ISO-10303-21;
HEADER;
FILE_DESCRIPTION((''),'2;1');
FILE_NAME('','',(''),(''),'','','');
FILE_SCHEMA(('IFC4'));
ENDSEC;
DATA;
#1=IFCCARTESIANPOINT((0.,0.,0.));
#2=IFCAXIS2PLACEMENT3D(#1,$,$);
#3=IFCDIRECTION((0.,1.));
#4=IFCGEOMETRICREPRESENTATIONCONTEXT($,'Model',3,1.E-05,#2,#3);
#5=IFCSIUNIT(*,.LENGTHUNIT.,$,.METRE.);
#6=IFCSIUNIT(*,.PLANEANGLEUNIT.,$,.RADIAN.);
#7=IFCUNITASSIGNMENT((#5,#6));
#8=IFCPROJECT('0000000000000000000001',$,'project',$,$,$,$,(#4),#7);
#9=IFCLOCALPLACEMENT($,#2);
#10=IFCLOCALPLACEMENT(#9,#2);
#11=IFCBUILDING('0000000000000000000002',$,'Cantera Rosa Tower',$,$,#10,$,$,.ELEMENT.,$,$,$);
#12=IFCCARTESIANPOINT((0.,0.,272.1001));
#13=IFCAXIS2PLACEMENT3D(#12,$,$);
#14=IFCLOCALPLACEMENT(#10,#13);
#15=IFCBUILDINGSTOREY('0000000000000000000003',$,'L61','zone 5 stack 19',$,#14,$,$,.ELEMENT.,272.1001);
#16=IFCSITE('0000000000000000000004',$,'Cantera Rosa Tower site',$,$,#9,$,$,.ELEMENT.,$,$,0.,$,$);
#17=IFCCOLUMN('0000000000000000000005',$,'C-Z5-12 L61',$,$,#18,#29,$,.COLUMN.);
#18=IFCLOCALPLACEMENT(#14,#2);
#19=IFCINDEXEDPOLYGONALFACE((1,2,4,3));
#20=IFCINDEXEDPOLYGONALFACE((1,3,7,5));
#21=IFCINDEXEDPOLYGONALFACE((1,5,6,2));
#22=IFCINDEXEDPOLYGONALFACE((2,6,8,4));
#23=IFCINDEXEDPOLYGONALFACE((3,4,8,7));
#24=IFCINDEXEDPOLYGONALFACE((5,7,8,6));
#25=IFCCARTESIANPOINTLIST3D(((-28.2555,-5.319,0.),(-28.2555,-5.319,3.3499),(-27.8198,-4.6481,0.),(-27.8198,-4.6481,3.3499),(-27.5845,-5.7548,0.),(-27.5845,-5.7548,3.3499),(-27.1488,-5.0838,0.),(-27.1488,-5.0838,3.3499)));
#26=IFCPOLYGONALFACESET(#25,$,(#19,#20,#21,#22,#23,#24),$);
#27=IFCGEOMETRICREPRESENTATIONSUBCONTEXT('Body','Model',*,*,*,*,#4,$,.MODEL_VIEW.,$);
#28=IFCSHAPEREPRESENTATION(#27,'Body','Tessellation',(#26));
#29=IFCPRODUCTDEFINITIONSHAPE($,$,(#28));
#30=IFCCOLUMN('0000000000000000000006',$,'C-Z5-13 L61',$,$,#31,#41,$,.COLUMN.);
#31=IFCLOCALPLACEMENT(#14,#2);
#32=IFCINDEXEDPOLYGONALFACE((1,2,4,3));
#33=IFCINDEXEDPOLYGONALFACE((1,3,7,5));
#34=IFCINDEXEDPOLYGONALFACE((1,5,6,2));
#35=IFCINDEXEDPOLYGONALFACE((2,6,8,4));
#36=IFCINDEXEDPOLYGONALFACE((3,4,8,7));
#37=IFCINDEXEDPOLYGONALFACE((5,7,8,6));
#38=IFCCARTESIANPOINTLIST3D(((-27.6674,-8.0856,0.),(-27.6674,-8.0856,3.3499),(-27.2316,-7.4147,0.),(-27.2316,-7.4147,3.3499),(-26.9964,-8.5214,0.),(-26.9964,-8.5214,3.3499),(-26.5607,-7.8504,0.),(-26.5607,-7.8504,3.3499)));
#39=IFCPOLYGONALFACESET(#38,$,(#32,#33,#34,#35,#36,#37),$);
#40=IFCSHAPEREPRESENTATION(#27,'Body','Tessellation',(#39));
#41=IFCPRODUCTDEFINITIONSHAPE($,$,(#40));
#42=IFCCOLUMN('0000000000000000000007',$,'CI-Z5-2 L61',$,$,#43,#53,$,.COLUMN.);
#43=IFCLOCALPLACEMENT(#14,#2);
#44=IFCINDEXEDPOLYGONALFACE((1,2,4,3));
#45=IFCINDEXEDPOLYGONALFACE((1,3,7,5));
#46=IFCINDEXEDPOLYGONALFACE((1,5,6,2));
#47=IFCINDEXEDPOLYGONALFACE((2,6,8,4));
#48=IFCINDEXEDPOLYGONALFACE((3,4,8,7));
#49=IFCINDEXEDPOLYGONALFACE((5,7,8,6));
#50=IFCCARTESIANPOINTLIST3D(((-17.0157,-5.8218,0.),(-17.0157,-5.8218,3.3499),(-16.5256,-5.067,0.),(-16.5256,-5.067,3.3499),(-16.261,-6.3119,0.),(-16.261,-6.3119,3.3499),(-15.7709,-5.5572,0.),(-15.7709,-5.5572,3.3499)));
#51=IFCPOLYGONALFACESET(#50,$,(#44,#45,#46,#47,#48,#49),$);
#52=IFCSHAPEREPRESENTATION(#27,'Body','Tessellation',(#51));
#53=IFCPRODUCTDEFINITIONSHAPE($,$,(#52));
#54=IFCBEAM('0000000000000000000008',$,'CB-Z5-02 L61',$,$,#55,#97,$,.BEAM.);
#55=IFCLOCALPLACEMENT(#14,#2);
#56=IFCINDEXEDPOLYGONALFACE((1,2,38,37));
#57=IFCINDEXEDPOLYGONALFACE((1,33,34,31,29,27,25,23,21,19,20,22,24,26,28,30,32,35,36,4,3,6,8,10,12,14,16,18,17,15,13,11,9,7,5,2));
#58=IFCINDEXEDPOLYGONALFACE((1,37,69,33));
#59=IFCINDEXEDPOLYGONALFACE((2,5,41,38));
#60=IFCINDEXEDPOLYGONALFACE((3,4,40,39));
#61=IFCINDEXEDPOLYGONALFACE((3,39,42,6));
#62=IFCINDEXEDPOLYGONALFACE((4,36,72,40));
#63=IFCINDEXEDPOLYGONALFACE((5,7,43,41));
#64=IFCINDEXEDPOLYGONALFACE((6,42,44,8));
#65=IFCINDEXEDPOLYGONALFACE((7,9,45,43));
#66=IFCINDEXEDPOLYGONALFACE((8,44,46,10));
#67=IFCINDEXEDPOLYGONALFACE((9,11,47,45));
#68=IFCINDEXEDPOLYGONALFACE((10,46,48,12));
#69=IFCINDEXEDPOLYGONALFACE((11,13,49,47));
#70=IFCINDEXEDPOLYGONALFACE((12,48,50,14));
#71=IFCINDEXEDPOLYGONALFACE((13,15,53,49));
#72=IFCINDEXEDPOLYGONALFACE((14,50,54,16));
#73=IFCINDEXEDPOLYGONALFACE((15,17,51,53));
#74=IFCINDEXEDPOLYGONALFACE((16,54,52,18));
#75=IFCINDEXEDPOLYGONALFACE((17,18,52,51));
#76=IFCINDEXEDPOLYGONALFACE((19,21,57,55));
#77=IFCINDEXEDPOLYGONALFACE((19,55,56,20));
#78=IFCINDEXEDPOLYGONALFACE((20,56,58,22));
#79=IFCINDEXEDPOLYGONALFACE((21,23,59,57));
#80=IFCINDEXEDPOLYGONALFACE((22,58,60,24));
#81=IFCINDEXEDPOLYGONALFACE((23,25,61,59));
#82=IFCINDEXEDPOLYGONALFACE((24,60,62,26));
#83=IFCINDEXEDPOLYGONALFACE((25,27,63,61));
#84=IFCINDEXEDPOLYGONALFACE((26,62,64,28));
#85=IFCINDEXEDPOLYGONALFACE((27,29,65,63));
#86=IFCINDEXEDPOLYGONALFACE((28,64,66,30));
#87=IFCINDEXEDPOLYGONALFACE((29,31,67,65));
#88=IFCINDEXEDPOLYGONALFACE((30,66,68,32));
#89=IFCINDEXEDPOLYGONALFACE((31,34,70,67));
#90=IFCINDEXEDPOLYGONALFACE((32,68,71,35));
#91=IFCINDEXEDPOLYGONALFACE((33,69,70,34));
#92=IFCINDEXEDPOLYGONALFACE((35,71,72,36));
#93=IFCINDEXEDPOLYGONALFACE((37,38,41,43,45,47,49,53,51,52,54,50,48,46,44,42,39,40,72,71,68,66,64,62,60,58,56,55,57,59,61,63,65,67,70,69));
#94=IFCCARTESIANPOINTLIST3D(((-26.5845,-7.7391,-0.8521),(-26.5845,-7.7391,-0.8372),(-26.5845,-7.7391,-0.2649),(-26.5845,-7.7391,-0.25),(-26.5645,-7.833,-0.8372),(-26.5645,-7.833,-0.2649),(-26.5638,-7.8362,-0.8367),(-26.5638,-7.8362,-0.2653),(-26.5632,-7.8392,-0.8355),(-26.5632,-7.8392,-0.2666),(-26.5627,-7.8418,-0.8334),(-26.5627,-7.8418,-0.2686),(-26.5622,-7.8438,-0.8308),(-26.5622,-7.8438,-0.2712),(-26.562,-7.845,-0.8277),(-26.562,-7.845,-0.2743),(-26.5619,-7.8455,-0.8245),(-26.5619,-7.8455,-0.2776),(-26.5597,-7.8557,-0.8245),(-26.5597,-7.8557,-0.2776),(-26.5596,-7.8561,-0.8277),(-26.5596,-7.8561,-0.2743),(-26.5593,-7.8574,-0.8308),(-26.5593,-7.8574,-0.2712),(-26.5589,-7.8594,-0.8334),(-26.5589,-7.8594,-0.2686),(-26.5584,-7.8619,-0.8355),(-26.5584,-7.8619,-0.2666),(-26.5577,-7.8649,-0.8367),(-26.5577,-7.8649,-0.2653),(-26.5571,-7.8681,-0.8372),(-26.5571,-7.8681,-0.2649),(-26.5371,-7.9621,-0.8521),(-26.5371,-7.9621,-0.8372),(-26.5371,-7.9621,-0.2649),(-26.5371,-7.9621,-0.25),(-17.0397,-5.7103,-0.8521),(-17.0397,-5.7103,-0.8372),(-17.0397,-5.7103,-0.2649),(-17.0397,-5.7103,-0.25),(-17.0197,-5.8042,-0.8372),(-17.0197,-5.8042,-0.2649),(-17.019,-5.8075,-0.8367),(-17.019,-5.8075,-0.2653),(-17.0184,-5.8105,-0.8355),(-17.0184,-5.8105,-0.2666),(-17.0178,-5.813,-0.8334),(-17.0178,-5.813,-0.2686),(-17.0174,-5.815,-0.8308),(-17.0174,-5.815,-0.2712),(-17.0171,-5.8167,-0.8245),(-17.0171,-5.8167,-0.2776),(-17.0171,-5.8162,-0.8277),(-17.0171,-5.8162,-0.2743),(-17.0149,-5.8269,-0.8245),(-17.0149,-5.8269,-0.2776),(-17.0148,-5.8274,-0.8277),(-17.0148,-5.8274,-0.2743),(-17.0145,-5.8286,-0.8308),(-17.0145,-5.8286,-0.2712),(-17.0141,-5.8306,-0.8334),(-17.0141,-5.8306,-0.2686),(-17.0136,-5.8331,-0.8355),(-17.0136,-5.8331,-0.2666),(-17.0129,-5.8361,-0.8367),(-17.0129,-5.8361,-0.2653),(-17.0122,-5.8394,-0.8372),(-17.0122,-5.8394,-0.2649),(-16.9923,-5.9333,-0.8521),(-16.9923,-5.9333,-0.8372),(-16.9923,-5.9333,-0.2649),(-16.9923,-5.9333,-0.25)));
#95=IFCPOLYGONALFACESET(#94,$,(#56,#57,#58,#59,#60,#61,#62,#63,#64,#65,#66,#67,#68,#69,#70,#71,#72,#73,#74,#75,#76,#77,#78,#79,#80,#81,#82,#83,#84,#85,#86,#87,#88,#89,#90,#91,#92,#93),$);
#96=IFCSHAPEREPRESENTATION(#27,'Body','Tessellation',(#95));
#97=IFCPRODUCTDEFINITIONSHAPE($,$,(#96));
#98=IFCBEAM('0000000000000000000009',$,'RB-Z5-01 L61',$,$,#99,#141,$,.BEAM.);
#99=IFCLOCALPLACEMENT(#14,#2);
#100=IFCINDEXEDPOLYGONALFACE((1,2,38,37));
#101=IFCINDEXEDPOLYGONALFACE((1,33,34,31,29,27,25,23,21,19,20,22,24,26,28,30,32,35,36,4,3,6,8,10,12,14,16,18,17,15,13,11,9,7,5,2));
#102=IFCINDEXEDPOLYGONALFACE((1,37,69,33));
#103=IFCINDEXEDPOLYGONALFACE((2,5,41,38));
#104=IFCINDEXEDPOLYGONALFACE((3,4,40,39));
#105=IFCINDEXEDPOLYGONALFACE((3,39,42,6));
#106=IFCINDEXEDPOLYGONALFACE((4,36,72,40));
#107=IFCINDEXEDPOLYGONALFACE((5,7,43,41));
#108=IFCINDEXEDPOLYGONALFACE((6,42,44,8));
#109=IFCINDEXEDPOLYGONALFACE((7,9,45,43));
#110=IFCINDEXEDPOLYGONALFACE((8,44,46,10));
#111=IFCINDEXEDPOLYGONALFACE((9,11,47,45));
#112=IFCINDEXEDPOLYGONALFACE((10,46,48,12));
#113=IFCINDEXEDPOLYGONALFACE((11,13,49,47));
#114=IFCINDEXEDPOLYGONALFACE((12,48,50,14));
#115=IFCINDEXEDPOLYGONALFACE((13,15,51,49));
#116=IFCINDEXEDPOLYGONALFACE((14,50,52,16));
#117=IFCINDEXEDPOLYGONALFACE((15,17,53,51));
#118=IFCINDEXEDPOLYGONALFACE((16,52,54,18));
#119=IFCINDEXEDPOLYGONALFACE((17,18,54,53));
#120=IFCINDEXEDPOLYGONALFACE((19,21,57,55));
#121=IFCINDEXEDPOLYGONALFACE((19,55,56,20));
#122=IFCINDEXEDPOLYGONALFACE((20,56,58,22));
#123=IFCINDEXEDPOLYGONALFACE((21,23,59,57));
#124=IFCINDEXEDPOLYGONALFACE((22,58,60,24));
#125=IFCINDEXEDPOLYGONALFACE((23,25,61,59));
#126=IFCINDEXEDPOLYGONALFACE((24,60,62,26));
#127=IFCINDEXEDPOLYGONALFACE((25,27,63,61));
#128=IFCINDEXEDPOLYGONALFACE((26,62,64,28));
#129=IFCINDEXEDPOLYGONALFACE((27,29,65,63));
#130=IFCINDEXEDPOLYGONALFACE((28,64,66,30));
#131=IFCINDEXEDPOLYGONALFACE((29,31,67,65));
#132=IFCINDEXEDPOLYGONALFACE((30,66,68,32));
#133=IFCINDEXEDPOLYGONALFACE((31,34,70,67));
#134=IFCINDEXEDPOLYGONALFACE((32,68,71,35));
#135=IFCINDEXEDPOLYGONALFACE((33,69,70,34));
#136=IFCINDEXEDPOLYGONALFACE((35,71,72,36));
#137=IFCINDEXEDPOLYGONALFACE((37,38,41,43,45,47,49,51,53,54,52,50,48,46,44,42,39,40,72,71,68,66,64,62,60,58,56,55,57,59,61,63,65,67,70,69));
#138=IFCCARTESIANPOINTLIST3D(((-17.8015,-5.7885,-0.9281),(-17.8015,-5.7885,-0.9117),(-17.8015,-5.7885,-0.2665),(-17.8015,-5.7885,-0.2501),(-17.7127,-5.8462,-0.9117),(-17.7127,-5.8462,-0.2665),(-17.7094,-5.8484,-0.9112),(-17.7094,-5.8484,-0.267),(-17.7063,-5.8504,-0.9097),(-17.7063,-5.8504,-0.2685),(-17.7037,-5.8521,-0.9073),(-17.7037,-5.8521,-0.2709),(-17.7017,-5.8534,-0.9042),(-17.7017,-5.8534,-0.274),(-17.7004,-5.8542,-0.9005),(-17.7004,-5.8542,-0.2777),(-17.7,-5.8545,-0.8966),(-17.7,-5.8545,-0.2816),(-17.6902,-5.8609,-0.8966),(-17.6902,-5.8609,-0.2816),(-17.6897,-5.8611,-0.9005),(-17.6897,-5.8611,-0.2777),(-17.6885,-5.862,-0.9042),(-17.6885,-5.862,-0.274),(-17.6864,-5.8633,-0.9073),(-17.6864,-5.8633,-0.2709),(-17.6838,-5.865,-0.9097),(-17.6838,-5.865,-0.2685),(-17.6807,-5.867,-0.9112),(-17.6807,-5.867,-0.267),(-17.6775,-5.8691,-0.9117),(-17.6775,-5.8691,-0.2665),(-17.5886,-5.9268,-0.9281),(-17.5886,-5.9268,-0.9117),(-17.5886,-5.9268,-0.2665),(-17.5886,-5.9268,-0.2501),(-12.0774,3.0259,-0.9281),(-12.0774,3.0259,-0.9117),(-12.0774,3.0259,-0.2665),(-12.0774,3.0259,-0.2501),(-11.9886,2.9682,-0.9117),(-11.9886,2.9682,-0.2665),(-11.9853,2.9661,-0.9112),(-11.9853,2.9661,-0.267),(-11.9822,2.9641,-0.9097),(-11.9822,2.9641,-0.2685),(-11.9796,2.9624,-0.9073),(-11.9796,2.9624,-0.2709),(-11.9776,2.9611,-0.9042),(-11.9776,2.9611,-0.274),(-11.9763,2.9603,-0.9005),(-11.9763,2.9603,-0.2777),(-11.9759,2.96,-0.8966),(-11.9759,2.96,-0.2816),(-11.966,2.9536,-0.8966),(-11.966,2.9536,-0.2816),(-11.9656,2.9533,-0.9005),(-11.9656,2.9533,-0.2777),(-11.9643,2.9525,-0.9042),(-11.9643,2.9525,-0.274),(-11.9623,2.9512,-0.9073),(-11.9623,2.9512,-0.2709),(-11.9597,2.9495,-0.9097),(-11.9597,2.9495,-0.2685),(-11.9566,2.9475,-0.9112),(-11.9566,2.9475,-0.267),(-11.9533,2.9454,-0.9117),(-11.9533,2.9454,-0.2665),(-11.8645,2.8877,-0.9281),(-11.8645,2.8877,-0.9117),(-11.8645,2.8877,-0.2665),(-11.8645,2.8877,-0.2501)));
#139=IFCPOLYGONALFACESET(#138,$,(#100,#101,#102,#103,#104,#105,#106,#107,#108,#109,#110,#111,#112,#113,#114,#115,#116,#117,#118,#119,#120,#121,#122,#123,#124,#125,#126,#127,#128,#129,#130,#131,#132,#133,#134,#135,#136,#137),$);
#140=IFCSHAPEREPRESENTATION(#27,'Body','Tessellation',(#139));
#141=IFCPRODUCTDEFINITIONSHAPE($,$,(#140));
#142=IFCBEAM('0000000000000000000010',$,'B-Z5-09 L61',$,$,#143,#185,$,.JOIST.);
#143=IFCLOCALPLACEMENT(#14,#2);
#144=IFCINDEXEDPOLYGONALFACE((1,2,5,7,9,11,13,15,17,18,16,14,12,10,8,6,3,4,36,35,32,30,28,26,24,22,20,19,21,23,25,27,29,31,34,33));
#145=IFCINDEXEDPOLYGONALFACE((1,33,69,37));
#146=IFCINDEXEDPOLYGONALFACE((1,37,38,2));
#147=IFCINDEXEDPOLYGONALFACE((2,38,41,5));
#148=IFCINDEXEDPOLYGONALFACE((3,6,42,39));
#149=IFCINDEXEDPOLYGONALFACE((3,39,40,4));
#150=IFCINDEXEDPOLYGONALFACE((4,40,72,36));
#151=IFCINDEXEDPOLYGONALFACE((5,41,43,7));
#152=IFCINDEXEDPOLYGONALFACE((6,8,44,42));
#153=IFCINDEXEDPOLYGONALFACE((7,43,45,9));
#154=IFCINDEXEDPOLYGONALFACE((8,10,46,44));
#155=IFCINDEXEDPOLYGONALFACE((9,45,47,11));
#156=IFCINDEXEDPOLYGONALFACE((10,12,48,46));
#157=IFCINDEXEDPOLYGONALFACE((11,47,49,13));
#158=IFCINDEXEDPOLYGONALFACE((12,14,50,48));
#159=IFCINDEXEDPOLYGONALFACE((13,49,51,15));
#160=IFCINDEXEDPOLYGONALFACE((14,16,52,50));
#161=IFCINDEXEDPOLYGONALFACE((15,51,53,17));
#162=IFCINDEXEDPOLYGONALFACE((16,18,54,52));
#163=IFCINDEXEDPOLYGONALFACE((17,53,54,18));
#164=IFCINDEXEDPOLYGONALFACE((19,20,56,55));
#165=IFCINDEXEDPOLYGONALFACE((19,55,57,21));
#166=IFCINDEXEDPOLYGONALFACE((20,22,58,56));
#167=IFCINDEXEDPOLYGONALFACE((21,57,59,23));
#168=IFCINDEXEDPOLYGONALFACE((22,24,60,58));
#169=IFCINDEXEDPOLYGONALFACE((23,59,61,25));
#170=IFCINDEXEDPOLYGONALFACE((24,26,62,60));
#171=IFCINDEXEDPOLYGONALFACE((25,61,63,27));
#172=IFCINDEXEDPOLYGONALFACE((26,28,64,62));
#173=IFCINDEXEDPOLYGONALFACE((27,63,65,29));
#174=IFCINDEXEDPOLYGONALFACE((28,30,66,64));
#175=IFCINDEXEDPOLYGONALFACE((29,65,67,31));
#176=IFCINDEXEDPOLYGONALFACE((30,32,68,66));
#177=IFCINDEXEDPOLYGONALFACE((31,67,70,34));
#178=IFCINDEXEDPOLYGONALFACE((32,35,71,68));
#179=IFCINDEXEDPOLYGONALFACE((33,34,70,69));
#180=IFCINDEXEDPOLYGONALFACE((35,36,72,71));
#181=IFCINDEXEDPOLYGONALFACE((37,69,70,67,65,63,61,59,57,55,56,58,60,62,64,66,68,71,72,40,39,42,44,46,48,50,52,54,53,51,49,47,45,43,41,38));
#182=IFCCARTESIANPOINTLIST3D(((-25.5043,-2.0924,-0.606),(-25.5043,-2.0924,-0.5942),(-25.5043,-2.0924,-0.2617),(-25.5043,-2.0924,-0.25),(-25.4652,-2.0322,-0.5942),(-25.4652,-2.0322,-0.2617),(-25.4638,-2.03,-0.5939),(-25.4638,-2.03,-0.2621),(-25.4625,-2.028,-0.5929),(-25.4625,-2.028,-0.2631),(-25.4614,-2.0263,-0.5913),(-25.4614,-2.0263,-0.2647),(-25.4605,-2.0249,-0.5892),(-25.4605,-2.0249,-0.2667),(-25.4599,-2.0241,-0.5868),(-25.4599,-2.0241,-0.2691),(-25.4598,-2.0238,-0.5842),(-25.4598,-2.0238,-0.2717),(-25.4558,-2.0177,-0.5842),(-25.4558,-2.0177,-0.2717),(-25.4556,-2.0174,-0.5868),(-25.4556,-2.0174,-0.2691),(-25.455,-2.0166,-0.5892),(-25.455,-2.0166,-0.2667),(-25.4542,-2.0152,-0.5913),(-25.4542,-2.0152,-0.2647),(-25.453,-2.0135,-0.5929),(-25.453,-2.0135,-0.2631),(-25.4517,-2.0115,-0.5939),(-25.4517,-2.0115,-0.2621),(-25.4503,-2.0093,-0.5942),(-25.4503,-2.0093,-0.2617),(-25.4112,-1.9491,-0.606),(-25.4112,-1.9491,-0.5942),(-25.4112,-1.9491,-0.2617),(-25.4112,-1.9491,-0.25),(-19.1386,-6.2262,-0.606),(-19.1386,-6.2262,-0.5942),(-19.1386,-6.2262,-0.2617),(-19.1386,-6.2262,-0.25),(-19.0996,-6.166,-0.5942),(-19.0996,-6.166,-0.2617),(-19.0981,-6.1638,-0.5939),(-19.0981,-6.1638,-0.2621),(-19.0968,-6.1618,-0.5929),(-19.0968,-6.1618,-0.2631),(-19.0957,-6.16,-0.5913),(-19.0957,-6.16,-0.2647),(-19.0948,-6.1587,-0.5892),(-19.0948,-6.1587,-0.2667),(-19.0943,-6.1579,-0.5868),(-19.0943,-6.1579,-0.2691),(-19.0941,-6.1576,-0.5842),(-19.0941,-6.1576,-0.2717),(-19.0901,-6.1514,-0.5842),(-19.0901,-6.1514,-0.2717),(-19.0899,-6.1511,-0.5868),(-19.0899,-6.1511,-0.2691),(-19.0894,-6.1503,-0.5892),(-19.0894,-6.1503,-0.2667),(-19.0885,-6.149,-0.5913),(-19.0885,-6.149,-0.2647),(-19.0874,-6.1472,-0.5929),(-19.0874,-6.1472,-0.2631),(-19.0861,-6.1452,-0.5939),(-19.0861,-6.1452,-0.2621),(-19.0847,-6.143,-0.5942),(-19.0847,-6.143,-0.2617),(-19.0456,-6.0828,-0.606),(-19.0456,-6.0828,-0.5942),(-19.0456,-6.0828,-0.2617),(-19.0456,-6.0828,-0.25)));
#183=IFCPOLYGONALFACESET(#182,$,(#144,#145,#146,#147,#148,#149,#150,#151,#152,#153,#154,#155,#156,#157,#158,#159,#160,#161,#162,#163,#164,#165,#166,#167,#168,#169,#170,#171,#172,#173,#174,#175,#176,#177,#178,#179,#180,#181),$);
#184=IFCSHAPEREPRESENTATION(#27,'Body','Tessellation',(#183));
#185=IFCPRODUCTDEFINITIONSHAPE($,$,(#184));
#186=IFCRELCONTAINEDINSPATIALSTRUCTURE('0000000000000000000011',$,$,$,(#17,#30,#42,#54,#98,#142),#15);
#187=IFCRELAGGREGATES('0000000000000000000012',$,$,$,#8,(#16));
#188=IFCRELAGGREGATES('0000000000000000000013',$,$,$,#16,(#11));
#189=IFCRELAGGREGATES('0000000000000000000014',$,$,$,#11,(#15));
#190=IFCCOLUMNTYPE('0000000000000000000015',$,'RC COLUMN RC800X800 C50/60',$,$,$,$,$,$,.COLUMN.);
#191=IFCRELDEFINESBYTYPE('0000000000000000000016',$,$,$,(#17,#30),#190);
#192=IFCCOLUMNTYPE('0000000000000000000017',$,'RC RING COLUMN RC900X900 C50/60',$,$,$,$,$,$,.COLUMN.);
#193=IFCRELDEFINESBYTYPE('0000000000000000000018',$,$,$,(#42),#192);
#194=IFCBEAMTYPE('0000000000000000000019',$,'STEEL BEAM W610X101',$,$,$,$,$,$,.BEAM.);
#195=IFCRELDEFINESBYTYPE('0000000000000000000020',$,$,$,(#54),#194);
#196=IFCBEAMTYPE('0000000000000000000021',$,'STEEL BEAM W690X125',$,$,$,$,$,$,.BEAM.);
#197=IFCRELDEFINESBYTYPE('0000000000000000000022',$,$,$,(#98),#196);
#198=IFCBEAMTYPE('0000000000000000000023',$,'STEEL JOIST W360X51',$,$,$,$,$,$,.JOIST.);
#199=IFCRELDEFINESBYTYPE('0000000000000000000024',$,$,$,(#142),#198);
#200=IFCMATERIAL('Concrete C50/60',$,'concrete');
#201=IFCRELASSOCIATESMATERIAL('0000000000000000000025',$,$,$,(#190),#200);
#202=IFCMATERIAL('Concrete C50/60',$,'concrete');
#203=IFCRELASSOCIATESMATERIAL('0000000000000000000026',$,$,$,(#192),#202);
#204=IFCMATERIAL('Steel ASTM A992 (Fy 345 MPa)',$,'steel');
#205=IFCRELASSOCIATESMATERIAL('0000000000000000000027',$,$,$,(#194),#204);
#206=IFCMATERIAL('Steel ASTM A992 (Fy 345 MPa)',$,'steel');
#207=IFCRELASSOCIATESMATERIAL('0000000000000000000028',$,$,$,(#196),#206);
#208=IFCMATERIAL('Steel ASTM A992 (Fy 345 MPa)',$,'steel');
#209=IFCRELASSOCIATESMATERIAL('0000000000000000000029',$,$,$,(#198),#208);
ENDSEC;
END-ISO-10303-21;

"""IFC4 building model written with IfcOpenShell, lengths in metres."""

from ifc_helpers import new_model, si_unit, direction, frame, origin, origin_2d, place, context, subcontext, project, spatial, rectangle, i_section, extrude, material, material_profile, profile_set, type_object, element, save


model = new_model("IFC4")

# Units and contexts
model_context = context("Model", 3, precision=1e-05, world=origin(), true_north=direction((0.0, 1.0)))
body_context = subcontext(model_context, "Body", "Model", "MODEL_VIEW")
ifc_project = project(units=[si_unit("LENGTHUNIT", "METRE"), si_unit("PLANEANGLEUNIT", "RADIAN")], contexts=[model_context])

# Site, building, storey
site_placement = place(None, origin())
site = spatial("IfcSite", under=ifc_project, at=site_placement, Name="Cantera Rosa Tower site", CompositionType="ELEMENT", RefElevation=0.0)
building_placement = place(site_placement, origin())
building = spatial("IfcBuilding", under=site, at=building_placement, Name="Cantera Rosa Tower", CompositionType="ELEMENT")
storey_placement = place(building_placement, frame((0.0, 0.0, 272.1001)))
storey = spatial("IfcBuildingStorey", under=building, at=storey_placement, Name="L61", Description="zone 5 stack 19", CompositionType="ELEMENT", Elevation=272.1001)

# Columns
ifc_material_1 = material(Name="Concrete C50/60", Category="concrete")
ifc_material_profile_1 = material_profile(ifc_material_1, rectangle(XDim=0.8, YDim=0.8, at=origin_2d()), Name="RC COLUMN RC800X800 C50/60")
ifc_profile_set_1 = profile_set([ifc_material_profile_1], Name="Concrete C50/60")
column_type_1 = type_object("IfcColumnType", Name="RC COLUMN RC800X800 C50/60", PredefinedType="COLUMN", material=ifc_profile_set_1)
for number, where, z_axis, x_axis, name in (
    (1, (-27.7021, -5.2014, 0.0), (0.0, 0.0, 1.0), (0.544639, 0.838671, 0.0), "C-Z5-12 L61"),
    (2, (-27.114, -7.968, 0.0), (0.0, 0.0, 1.0), (0.544639, 0.838671, 0.0), "C-Z5-13 L61"),
):
    element("IfcColumn", number, at=place(storey_placement, frame(where, z_axis=z_axis, x_axis=x_axis)), inside=storey, type_object=column_type_1, Name=name, PredefinedType="COLUMN", context=body_context, shape_type="SweptSolid", body=[
        extrude(rectangle(XDim=0.8, YDim=0.8, at=origin_2d()), origin(), (0.0, 0.0, 1.0), 3.3499),
    ])
ifc_material_2 = material(Name="Concrete C50/60", Category="concrete")
ifc_material_profile_2 = material_profile(ifc_material_2, rectangle(XDim=0.8999, YDim=0.8999, at=origin_2d()), Name="RC RING COLUMN RC900X900 C50/60")
ifc_profile_set_2 = profile_set([ifc_material_profile_2], Name="Concrete C50/60")
column_type_2 = type_object("IfcColumnType", Name="RC RING COLUMN RC900X900 C50/60", PredefinedType="COLUMN", material=ifc_profile_set_2)
column_placement = place(storey_placement, frame((-16.3933, -5.6895, 0.0), z_axis=(0.0, 0.0, 1.0), x_axis=(0.544639, 0.838671, 0.0)))
element("IfcColumn", 3, at=column_placement, inside=storey, type_object=column_type_2, Name="CI-Z5-2 L61", PredefinedType="COLUMN", context=body_context, shape_type="SweptSolid", body=[
    extrude(rectangle(XDim=0.8999, YDim=0.8999, at=origin_2d()), origin(), (0.0, 0.0, 1.0), 3.3499),
])

# Beams
ifc_material_3 = material(Name="Steel ASTM A992 (Fy 345 MPa)", Category="steel")
ifc_material_profile_3 = material_profile(ifc_material_3, i_section(OverallWidth=0.228, OverallDepth=0.6021, WebThickness=0.0105, FlangeThickness=0.0149, FilletRadius=0.0127, at=origin_2d()), Name="W610X101")
ifc_profile_set_3 = profile_set([ifc_material_profile_3], Name="Steel ASTM A992 (Fy 345 MPa)")
beam_type_1 = type_object("IfcBeamType", Name="STEEL BEAM W610X101", PredefinedType="BEAM", material=ifc_profile_set_3)
beam_1_placement = place(storey_placement, frame((-26.5608, -7.8506, -0.551), z_axis=(0.978148, 0.207909, 0.0), x_axis=(-0.207909, 0.978148, 0.0)))
element("IfcBeam", 4, at=beam_1_placement, inside=storey, type_object=beam_type_1, Name="CB-Z5-02 L61", PredefinedType="BEAM", context=body_context, shape_type="SweptSolid", body=[
    extrude(i_section(OverallWidth=0.228, OverallDepth=0.6021, WebThickness=0.0105, FlangeThickness=0.0149, FilletRadius=0.0127, at=origin_2d()), origin(), (0.0, 0.0, 1.0), 9.7581),
])
ifc_material_4 = material(Name="Steel ASTM A992 (Fy 345 MPa)", Category="steel")
ifc_material_profile_4 = material_profile(ifc_material_4, i_section(OverallWidth=0.2539, OverallDepth=0.678, WebThickness=0.0117, FlangeThickness=0.0164, FilletRadius=0.0151, at=origin_2d()), Name="W690X125")
ifc_profile_set_4 = profile_set([ifc_material_profile_4], Name="Steel ASTM A992 (Fy 345 MPa)")
beam_type_2 = type_object("IfcBeamType", Name="STEEL BEAM W690X125", PredefinedType="BEAM", material=ifc_profile_set_4)
beam_2_placement = place(storey_placement, frame((-17.6951, -5.8577, -0.5891), z_axis=(0.544636, 0.838673, 0.0), x_axis=(-0.838673, 0.544636, 0.0)))
element("IfcBeam", 5, at=beam_2_placement, inside=storey, type_object=beam_type_2, Name="RB-Z5-01 L61", PredefinedType="BEAM", context=body_context, shape_type="SweptSolid", body=[
    extrude(i_section(OverallWidth=0.2539, OverallDepth=0.678, WebThickness=0.0117, FlangeThickness=0.0164, FilletRadius=0.0151, at=origin_2d()), origin(), (0.0, 0.0, 1.0), 10.51),
])
ifc_material_5 = material(Name="Steel ASTM A992 (Fy 345 MPa)", Category="steel")
ifc_material_profile_5 = material_profile(ifc_material_5, i_section(OverallWidth=0.1709, OverallDepth=0.356, WebThickness=0.0073, FlangeThickness=0.0117, FilletRadius=0.01, at=origin_2d()), Name="W360X51")
ifc_profile_set_5 = profile_set([ifc_material_profile_5], Name="Steel ASTM A992 (Fy 345 MPa)")
beam_type_3 = type_object("IfcBeamType", Name="STEEL JOIST W360X51", PredefinedType="JOIST", material=ifc_profile_set_5)
beam_3_placement = place(storey_placement, frame((-25.4578, -2.0208, -0.428), z_axis=(0.83868, -0.544624, 0.0), x_axis=(0.544624, 0.83868, 0.0)))
element("IfcBeam", 6, at=beam_3_placement, inside=storey, type_object=beam_type_3, Name="B-Z5-09 L61", PredefinedType="JOIST", context=body_context, shape_type="SweptSolid", body=[
    extrude(i_section(OverallWidth=0.1709, OverallDepth=0.356, WebThickness=0.0073, FlangeThickness=0.0117, FilletRadius=0.01, at=origin_2d()), origin(), (0.0, 0.0, 1.0), 7.5901),
])

save(model, "model.ifc")
